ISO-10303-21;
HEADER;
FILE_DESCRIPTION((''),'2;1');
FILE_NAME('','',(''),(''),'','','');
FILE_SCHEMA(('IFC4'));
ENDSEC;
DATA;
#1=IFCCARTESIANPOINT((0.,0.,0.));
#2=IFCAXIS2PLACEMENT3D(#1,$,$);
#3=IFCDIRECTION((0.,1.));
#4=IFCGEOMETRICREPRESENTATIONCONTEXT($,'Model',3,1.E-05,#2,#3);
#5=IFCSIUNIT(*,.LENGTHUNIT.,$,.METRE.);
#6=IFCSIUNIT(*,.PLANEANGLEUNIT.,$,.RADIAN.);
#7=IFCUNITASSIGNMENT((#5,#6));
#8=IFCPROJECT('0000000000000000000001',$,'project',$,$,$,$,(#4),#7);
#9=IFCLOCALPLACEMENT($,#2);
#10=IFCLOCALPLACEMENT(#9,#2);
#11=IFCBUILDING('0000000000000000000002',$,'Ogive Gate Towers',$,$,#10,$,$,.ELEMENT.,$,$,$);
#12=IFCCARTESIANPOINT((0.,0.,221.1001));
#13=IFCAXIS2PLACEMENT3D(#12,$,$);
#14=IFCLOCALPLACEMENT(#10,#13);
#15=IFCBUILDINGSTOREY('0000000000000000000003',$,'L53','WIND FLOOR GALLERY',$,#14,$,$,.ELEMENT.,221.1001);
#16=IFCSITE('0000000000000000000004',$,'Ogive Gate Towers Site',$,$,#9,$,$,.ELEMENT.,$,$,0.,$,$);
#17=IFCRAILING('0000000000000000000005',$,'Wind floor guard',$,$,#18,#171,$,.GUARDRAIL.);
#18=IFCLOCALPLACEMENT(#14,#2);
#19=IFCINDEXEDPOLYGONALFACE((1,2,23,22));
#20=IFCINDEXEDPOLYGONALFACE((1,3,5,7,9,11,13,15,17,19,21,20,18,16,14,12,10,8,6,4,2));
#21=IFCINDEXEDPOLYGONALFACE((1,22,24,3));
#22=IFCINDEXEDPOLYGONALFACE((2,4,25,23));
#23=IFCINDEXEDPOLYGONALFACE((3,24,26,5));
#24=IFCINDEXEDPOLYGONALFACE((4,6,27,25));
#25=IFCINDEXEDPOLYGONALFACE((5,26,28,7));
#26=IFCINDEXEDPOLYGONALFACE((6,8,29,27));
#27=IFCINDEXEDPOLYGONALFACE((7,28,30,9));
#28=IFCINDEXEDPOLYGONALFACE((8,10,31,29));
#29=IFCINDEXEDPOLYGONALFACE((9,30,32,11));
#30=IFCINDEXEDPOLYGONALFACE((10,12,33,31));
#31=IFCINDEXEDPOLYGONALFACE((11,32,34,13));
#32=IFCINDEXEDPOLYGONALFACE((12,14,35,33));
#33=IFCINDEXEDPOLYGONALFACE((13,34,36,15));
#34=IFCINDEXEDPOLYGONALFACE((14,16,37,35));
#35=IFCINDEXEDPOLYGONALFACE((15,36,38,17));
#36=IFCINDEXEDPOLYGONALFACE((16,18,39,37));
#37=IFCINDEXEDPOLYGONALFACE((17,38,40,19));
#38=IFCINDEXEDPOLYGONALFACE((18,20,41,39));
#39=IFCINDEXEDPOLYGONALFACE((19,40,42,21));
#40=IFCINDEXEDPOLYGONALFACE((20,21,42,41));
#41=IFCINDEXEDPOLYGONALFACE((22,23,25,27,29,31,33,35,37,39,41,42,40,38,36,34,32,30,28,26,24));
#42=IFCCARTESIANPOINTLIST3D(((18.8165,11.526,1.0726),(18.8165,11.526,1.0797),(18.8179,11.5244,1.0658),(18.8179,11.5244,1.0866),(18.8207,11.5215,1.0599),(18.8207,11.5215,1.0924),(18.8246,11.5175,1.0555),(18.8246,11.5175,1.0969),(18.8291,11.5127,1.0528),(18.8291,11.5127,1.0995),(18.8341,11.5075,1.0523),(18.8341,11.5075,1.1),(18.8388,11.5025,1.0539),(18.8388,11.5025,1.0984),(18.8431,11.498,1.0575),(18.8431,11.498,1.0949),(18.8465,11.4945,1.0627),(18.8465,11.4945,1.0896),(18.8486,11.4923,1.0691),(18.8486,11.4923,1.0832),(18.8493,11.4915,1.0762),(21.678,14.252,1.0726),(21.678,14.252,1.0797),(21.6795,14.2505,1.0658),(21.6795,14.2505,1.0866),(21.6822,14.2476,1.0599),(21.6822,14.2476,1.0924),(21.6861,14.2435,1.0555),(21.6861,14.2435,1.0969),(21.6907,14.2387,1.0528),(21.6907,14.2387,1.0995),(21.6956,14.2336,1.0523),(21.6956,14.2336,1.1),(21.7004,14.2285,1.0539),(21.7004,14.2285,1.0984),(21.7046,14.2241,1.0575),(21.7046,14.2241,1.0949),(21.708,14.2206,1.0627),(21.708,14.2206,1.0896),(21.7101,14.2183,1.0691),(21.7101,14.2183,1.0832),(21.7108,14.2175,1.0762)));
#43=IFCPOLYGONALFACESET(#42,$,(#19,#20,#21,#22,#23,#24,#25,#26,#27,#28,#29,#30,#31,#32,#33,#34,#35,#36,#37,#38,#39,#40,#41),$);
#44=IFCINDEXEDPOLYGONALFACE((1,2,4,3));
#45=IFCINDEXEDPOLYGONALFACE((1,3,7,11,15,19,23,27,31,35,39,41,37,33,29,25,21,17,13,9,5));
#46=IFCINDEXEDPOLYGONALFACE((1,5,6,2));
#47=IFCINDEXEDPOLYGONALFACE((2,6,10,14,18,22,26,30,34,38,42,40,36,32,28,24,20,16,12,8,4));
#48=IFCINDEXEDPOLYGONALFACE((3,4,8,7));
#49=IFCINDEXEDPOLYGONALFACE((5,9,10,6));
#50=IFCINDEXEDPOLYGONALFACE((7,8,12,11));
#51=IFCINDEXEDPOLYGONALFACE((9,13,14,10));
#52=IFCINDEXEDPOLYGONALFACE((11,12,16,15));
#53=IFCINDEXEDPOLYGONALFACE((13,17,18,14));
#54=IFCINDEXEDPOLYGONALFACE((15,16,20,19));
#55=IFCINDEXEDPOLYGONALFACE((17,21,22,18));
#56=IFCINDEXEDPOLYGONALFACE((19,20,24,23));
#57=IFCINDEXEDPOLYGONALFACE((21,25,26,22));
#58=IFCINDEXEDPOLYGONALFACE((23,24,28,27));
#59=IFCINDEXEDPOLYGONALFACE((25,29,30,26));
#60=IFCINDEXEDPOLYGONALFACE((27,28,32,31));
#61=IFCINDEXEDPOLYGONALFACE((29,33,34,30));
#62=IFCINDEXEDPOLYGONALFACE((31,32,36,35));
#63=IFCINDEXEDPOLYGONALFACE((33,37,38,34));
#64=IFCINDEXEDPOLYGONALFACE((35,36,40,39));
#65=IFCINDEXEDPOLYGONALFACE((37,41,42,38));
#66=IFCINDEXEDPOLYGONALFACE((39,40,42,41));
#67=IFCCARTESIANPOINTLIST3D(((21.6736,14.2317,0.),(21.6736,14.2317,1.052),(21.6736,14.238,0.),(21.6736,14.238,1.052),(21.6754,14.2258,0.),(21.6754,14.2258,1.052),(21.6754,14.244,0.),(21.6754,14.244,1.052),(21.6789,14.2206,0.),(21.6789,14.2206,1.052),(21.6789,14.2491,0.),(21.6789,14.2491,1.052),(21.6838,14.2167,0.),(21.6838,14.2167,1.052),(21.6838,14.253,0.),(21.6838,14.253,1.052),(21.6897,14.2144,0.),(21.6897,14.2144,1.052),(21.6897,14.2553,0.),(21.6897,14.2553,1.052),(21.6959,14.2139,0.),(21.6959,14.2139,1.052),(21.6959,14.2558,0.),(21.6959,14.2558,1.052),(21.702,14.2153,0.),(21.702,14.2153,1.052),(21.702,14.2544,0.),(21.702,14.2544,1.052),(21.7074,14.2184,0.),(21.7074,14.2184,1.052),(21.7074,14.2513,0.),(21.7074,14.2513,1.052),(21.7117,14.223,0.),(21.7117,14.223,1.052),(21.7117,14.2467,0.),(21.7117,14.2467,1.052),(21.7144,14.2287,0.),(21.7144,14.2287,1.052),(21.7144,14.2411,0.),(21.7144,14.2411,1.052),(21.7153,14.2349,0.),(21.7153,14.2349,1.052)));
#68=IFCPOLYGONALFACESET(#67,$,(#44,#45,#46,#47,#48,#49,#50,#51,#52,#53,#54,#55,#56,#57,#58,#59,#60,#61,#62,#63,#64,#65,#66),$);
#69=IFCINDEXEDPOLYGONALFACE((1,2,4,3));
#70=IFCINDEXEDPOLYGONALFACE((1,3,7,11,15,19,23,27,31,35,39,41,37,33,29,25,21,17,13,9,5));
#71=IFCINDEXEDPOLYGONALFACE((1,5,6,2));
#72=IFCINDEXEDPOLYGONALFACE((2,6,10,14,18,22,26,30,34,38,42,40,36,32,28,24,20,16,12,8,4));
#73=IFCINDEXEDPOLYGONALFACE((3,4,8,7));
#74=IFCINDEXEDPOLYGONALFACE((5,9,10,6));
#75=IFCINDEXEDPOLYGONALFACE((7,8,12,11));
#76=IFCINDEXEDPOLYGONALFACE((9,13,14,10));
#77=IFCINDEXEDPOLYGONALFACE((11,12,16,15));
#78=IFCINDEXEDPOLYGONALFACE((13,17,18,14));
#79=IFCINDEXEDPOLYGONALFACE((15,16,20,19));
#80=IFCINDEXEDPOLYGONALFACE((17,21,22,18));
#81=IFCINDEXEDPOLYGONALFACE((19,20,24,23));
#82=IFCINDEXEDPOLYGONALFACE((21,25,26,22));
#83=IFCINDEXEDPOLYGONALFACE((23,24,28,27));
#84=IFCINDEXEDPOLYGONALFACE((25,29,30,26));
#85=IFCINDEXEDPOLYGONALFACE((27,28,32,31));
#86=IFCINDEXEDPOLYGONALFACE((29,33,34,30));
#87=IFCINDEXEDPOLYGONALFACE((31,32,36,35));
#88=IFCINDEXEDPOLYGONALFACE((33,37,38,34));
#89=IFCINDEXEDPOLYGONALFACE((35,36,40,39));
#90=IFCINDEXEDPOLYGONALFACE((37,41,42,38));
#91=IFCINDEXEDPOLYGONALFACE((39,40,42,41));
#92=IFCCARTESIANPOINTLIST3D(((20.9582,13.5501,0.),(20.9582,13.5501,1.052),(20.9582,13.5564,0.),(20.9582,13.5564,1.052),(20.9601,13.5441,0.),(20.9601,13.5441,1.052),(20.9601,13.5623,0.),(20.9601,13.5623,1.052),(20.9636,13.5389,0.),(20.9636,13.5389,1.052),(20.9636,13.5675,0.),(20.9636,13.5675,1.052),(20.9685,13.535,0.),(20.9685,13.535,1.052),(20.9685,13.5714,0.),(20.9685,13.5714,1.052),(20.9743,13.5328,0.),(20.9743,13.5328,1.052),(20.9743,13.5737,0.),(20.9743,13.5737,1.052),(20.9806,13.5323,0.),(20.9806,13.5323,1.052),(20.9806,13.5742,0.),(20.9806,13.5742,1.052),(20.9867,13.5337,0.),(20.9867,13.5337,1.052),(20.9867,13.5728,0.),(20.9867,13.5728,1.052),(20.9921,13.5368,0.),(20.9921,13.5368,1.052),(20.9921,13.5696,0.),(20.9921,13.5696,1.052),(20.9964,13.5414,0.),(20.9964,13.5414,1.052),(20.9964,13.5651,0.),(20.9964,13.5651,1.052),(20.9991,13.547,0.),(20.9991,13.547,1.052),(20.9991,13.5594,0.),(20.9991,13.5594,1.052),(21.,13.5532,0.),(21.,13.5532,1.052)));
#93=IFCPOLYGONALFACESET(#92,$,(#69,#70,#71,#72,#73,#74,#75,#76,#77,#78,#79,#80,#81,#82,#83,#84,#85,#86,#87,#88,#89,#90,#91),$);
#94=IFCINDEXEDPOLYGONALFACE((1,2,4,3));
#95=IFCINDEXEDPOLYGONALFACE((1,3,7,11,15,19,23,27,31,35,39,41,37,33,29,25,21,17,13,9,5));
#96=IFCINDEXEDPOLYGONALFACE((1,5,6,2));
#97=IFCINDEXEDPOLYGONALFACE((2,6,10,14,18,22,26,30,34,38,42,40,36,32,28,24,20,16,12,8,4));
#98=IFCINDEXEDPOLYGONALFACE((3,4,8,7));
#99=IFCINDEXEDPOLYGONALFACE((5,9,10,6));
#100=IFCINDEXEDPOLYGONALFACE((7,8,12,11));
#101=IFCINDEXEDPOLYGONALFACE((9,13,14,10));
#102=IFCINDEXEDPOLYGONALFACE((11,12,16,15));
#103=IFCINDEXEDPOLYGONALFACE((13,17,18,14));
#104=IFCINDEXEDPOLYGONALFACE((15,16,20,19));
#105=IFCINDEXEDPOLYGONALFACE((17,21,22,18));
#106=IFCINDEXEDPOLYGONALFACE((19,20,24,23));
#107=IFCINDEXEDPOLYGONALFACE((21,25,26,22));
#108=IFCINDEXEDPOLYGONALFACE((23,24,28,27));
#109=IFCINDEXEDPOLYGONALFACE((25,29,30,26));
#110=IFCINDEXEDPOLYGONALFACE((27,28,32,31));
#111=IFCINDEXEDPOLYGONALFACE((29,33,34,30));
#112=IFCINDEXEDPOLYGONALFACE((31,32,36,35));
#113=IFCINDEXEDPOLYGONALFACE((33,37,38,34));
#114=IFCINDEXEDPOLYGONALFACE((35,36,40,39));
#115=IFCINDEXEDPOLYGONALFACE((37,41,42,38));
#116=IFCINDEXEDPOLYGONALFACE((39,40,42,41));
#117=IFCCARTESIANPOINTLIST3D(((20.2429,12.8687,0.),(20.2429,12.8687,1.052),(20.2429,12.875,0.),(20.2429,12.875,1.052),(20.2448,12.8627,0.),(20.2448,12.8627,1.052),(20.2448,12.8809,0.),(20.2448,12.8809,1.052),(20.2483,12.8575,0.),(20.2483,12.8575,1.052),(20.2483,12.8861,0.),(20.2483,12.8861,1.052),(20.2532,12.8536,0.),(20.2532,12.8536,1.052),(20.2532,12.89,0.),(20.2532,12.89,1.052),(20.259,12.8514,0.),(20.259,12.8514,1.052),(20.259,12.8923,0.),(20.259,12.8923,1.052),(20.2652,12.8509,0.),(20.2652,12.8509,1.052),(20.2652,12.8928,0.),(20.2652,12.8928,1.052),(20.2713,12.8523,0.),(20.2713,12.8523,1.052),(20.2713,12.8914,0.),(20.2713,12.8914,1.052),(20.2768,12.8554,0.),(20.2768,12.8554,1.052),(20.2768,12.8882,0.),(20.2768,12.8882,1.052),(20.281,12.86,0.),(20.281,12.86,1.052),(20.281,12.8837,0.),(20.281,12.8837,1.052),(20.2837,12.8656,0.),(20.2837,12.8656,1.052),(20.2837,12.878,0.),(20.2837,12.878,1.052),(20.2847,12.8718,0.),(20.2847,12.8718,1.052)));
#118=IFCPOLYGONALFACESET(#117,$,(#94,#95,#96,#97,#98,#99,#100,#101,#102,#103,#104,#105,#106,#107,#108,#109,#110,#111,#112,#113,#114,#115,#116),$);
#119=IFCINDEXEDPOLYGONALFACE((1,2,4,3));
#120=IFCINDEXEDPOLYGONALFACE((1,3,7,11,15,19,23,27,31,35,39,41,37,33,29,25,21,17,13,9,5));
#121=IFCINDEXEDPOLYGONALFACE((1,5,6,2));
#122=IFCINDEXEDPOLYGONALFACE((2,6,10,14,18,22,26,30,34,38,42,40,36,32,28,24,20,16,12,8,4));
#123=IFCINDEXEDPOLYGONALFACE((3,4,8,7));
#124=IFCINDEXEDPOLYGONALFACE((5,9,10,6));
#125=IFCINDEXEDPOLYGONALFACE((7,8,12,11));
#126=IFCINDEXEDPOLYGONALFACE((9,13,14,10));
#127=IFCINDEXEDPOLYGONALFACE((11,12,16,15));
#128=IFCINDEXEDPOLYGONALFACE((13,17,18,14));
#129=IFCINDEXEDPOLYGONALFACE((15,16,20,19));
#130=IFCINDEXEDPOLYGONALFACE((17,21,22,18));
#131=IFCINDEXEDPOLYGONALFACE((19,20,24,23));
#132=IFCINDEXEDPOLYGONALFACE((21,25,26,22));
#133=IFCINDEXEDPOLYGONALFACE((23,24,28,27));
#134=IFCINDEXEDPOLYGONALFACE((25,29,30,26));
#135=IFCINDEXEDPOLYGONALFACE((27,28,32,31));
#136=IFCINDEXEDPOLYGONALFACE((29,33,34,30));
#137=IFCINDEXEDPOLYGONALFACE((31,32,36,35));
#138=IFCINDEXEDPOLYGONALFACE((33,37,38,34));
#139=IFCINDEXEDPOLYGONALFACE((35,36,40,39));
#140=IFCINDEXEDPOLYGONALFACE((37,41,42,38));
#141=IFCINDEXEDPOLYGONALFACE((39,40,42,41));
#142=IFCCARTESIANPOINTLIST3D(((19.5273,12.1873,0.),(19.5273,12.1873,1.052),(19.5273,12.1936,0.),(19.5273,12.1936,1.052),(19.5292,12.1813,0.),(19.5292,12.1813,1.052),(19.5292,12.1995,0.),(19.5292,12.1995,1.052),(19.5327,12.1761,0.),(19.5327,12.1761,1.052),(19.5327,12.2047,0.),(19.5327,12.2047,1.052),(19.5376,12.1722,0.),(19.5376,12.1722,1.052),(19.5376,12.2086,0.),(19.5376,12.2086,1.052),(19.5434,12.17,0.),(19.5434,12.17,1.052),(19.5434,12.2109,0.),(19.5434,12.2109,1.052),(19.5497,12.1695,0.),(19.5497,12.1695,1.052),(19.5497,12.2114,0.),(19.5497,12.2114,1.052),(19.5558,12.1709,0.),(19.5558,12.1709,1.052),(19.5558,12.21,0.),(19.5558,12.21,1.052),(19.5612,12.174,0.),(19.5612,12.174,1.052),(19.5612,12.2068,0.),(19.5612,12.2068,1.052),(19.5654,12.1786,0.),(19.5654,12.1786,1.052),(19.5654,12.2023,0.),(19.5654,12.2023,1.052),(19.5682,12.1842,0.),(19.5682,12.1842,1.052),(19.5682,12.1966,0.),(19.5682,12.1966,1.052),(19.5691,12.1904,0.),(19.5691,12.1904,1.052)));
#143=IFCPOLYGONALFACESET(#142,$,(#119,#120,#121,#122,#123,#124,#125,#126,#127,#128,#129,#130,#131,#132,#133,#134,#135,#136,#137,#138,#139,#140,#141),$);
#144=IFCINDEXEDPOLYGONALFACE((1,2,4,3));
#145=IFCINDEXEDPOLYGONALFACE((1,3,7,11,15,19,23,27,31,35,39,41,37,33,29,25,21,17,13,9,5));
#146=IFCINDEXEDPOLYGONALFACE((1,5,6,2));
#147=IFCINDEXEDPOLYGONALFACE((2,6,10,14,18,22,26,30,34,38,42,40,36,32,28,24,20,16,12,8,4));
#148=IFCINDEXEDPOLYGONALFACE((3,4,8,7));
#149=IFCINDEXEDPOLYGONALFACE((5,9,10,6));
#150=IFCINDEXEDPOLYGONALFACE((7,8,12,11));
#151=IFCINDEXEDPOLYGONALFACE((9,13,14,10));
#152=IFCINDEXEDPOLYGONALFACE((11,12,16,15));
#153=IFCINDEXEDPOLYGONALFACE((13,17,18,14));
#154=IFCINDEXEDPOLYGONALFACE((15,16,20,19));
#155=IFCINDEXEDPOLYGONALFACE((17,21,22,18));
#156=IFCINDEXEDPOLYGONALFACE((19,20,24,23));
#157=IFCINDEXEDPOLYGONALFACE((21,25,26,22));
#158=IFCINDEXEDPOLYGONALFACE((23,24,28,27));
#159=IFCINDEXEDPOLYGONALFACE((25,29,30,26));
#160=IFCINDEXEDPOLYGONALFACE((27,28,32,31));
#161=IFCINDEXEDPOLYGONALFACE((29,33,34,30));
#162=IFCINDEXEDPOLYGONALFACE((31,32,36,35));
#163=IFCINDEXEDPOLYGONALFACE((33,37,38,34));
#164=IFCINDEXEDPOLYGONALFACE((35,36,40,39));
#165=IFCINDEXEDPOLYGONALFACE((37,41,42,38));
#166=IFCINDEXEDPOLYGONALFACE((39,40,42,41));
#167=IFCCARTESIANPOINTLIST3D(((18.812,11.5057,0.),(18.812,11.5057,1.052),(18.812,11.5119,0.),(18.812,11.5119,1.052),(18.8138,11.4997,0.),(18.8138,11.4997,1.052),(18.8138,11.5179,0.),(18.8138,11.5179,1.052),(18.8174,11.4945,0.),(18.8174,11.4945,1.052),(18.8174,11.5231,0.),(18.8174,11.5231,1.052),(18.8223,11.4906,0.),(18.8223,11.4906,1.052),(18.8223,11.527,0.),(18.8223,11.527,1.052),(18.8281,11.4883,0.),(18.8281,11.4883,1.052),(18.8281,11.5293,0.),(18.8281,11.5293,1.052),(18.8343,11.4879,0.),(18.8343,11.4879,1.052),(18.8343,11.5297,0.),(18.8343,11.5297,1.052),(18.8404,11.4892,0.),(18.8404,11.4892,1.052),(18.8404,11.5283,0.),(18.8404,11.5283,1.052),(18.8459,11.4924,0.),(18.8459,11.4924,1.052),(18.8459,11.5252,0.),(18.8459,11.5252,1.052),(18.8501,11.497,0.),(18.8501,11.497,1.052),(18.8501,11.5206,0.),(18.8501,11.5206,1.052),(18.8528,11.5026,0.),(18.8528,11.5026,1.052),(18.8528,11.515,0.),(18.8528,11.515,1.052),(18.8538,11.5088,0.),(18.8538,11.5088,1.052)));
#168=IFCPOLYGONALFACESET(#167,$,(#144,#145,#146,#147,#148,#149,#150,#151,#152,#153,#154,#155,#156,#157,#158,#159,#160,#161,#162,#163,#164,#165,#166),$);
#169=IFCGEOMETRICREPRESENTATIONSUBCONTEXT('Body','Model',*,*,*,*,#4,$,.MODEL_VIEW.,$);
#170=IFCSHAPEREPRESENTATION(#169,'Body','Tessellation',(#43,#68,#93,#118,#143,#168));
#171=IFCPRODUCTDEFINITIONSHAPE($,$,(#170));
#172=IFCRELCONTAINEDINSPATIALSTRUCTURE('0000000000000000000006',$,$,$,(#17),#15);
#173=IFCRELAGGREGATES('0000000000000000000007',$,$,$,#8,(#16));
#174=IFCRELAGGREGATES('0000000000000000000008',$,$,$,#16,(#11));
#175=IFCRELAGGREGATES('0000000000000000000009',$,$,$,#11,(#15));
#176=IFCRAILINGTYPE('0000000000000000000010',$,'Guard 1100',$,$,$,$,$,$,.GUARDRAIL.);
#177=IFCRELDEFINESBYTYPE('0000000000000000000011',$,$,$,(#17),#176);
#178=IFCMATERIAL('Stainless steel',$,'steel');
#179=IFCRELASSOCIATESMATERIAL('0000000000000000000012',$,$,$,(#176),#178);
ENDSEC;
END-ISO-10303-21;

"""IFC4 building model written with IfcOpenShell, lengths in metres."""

from ifc_helpers import new_model, si_unit, direction, frame, origin, origin_2d, place, context, subcontext, project, spatial, circle, extrude, material, type_object, element, save


model = new_model("IFC4")

# Units and contexts
model_context = context("Model", 3, precision=1e-05, world=origin(), true_north=direction((0.0, 1.0)))
body_context = subcontext(model_context, "Body", "Model", "MODEL_VIEW")
ifc_project = project(units=[si_unit("LENGTHUNIT", "METRE"), si_unit("PLANEANGLEUNIT", "RADIAN")], contexts=[model_context])

# Site, building, storey
site_placement = place(None, origin())
site = spatial("IfcSite", under=ifc_project, at=site_placement, Name="Ogive Gate Towers Site", CompositionType="ELEMENT", RefElevation=0.0)
building_placement = place(site_placement, origin())
building = spatial("IfcBuilding", under=site, at=building_placement, Name="Ogive Gate Towers", CompositionType="ELEMENT")
storey_placement = place(building_placement, frame((0.0, 0.0, 221.1001)))
storey = spatial("IfcBuildingStorey", under=building, at=storey_placement, Name="L53", Description="WIND FLOOR GALLERY", CompositionType="ELEMENT", Elevation=221.1001)

# Railing
ifc_material_1 = material(Name="Stainless steel", Category="steel")
railing_type = type_object("IfcRailingType", Name="Guard 1100", PredefinedType="GUARDRAIL", material=ifc_material_1)
railing_1_placement = place(storey_placement, frame((21.6943, 14.2349, 0.0)))
element("IfcRailing", 1, at=railing_1_placement, inside=storey, type_object=railing_type, Name="Wind floor guard", PredefinedType="GUARDRAIL", context=body_context, shape_type="SweptSolid", body=[
    extrude(circle(Radius=0.0239, at=origin_2d()), frame((0.0, 0.0, 1.0762), z_axis=(-0.724041, -0.689757, 0.0), x_axis=(0.689757, -0.724041, 0.0)), (0.0, 0.0, 1.0), 3.9521),
    extrude(circle(Radius=0.021, at=origin_2d()), origin(), (0.0, 0.0, 1.0), 1.052),
    extrude(circle(Radius=0.021, at=origin_2d()), frame((-0.7153, -0.6816, 0.0)), (0.0, 0.0, 1.0), 1.052),
    extrude(circle(Radius=0.021, at=origin_2d()), frame((-1.4307, -1.363, 0.0)), (0.0, 0.0, 1.0), 1.052),
    extrude(circle(Radius=0.021, at=origin_2d()), frame((-2.1462, -2.0444, 0.0)), (0.0, 0.0, 1.0), 1.052),
    extrude(circle(Radius=0.021, at=origin_2d()), frame((-2.8616, -2.7261, 0.0)), (0.0, 0.0, 1.0), 1.052),
])

save(model, "model.ifc")
